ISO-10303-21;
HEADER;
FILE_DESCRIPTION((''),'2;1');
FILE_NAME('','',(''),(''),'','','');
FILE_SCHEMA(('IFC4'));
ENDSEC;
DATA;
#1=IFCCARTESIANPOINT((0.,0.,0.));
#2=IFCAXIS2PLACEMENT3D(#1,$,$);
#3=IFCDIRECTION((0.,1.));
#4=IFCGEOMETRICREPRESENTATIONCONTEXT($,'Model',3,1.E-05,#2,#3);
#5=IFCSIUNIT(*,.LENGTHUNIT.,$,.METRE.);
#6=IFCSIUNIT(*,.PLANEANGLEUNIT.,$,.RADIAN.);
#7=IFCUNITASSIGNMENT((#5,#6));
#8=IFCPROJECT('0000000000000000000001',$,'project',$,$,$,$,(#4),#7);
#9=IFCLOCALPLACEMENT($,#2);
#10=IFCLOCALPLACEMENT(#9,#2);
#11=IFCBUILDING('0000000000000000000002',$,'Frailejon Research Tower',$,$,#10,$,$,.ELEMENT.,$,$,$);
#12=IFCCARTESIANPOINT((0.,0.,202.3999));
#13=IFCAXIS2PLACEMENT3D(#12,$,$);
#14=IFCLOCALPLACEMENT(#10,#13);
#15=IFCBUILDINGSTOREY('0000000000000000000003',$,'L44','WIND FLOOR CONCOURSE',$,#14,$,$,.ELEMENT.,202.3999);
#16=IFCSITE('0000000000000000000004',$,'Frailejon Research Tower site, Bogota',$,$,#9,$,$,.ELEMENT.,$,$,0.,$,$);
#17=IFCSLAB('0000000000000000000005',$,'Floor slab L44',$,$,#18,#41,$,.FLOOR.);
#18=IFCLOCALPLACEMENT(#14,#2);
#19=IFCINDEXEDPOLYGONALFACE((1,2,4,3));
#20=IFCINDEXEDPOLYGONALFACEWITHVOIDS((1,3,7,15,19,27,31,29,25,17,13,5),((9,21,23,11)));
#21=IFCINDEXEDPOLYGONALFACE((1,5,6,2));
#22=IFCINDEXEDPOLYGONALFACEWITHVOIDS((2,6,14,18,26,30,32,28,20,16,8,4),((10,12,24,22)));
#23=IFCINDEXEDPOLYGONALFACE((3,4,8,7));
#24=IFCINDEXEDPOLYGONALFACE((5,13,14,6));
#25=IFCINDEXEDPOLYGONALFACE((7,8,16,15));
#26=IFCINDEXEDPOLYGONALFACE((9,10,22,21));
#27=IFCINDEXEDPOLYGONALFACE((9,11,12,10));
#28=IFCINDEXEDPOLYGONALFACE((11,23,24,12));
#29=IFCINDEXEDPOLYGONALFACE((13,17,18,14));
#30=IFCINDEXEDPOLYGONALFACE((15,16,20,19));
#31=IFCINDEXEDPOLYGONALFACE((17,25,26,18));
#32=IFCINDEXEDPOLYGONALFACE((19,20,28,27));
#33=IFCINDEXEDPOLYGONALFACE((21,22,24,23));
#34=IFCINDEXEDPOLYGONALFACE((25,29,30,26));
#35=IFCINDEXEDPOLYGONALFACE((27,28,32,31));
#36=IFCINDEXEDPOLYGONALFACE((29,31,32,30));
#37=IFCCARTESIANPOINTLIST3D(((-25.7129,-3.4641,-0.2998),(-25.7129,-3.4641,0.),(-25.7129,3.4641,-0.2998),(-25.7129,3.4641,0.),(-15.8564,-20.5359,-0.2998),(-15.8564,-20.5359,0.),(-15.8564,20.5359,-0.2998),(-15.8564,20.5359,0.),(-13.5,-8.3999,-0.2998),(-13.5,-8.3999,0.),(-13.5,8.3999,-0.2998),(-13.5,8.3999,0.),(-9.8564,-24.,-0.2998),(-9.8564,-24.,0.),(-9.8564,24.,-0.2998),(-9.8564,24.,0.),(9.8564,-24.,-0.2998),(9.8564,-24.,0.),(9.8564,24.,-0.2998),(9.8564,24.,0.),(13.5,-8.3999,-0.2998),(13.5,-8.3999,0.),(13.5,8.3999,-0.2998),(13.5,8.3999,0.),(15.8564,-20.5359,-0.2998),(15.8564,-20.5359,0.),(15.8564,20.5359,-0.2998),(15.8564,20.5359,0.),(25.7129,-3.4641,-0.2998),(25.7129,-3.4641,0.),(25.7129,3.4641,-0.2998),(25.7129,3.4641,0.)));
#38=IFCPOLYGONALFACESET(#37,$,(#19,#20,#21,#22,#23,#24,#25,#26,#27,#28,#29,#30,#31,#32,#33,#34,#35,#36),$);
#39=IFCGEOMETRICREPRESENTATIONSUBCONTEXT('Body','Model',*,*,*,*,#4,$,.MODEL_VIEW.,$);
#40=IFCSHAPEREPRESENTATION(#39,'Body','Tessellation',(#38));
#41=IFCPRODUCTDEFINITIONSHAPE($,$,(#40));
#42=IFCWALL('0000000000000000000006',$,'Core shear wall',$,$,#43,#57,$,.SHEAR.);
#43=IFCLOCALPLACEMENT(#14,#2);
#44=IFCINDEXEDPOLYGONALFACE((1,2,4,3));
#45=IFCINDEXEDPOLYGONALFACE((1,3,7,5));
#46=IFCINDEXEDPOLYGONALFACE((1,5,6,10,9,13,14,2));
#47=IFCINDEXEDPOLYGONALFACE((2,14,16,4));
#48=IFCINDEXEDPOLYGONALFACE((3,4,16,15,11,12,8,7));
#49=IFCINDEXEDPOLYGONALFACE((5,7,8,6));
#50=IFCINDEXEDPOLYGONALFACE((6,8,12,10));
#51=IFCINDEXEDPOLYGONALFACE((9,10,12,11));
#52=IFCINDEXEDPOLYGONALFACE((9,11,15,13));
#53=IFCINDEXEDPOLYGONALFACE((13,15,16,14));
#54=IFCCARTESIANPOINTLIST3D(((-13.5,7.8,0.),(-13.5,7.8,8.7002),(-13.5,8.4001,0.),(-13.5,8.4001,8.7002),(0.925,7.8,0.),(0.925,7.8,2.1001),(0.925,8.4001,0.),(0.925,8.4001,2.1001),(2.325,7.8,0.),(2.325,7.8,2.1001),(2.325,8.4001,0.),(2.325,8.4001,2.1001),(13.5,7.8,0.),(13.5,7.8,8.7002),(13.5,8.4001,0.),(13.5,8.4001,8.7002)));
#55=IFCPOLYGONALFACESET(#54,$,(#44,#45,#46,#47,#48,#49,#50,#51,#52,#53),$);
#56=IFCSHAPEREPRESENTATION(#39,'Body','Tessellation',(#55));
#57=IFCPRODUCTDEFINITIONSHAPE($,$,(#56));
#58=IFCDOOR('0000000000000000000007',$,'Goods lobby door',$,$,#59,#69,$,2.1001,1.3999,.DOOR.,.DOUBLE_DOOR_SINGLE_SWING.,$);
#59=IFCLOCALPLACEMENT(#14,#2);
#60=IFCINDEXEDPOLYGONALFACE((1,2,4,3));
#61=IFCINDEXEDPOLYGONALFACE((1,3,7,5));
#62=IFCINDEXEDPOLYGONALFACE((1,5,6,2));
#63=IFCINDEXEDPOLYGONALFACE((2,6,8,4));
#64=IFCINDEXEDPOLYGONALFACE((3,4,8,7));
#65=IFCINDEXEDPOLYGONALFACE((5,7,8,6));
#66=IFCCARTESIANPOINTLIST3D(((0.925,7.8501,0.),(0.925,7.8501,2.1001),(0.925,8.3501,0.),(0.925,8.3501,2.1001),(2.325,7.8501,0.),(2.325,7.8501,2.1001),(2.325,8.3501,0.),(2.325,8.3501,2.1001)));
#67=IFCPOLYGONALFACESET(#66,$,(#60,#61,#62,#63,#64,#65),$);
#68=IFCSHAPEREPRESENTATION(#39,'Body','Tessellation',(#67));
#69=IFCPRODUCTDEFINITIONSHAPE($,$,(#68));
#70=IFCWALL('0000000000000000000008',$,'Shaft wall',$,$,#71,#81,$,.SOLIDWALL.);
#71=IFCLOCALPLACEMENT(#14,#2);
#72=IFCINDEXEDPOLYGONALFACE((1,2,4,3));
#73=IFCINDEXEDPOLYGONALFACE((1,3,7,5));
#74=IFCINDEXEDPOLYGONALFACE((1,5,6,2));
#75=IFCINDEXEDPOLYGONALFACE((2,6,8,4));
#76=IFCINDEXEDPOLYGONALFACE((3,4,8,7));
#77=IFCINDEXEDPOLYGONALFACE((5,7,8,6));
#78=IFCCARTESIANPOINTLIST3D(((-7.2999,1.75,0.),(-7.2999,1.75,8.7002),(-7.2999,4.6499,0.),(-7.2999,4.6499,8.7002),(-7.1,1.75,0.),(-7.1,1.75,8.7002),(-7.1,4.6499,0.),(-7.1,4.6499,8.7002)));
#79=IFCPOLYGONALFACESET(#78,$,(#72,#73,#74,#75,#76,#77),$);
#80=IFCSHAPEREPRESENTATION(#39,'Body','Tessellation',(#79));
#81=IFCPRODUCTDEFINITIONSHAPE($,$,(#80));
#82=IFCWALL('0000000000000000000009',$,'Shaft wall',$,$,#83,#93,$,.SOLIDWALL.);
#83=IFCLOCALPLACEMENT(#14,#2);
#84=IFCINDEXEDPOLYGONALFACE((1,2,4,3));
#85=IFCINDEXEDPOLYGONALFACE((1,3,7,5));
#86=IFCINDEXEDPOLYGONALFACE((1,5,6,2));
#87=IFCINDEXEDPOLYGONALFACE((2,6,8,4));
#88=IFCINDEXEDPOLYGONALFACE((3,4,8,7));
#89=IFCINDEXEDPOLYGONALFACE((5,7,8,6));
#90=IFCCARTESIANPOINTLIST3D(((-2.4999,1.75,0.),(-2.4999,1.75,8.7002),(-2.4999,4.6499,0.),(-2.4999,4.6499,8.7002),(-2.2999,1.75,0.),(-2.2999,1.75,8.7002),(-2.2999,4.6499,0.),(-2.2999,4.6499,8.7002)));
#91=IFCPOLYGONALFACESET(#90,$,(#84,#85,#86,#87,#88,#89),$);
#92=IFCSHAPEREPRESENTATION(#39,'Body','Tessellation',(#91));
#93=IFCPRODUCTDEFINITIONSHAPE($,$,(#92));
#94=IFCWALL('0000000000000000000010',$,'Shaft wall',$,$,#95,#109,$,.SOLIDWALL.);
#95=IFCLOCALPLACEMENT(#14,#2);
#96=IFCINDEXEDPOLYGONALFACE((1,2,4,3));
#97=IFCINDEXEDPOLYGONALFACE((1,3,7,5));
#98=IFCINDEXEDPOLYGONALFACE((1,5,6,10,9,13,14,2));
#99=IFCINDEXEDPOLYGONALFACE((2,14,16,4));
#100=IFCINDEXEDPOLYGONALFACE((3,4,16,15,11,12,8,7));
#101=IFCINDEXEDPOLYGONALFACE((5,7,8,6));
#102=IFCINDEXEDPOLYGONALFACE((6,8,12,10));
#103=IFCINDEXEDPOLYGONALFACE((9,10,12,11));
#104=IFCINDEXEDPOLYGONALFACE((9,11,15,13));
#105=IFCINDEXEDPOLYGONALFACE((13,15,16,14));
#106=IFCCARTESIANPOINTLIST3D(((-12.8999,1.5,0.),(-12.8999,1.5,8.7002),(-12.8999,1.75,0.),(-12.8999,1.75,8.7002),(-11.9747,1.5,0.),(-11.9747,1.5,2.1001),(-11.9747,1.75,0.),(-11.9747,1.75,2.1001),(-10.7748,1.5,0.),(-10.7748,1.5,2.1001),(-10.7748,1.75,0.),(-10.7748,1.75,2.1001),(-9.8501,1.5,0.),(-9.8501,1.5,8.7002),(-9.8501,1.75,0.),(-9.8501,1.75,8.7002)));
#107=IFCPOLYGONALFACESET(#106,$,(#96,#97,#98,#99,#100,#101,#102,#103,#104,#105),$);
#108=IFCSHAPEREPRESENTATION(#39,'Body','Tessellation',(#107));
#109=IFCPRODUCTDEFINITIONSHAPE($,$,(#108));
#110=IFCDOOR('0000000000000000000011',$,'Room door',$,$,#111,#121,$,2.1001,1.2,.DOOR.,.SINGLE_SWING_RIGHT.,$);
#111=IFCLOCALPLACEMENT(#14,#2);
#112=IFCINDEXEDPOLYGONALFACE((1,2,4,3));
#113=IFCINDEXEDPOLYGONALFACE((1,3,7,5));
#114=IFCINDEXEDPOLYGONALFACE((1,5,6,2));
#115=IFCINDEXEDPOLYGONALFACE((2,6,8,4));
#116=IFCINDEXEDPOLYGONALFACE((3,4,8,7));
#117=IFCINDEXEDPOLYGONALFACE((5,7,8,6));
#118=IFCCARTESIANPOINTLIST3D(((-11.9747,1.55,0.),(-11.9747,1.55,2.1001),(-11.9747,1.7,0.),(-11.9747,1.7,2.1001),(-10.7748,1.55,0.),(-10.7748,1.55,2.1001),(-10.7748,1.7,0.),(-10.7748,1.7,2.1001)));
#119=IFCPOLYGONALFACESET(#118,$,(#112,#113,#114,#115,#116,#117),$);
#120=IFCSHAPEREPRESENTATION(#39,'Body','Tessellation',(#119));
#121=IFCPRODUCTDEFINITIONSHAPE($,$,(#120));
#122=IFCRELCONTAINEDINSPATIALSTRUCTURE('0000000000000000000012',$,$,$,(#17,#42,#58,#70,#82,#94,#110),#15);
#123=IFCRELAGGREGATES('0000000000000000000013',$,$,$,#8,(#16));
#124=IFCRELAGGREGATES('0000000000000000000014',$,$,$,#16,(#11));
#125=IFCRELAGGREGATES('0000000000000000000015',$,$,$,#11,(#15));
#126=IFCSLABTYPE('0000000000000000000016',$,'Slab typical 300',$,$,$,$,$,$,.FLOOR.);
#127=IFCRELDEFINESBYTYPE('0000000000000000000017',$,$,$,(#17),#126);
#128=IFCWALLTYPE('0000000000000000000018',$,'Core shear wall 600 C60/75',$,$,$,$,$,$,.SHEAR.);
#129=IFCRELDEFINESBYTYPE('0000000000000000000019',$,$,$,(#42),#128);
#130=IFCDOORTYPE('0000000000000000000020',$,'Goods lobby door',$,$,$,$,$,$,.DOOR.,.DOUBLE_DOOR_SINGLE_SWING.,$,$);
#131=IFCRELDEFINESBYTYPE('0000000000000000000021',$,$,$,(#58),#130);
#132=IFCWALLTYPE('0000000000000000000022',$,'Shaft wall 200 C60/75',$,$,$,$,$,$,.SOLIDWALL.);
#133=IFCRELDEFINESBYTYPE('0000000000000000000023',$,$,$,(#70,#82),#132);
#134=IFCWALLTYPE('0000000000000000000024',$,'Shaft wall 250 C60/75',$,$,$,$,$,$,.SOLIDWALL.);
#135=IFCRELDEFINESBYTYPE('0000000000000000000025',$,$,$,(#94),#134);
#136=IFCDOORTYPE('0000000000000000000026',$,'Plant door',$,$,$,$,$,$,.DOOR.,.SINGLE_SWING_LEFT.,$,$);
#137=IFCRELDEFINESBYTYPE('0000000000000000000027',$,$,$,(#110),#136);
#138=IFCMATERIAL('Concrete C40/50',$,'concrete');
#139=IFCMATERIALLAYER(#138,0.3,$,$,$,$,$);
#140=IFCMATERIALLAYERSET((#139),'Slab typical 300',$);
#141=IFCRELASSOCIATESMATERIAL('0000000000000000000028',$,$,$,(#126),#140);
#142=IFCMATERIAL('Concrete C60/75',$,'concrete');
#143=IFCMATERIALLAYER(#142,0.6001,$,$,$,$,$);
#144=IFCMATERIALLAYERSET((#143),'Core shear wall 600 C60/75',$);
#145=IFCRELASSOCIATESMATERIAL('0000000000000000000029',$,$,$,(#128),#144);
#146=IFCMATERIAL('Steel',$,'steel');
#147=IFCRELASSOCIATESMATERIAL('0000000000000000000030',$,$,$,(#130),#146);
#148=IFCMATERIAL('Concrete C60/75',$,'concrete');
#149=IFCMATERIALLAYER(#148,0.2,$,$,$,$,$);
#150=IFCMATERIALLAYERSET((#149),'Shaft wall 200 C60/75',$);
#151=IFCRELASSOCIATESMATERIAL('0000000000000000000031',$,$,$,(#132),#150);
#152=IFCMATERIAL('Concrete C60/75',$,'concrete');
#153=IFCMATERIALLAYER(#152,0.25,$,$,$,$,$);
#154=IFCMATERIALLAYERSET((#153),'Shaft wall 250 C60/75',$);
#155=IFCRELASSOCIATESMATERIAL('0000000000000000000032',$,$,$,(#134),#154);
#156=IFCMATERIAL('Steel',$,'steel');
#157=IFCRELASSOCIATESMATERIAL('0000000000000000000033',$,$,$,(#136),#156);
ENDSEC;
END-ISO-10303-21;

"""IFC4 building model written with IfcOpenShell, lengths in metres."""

from ifc_helpers import new_model, si_unit, direction, frame, frame_2d, origin, place, context, subcontext, project, spatial, polyline, rectangle, outline, extrude, material, layer, layer_set, type_object, element, fill, save


model = new_model("IFC4")

# Units and contexts
model_context = context("Model", 3, precision=1e-05, world=origin(), true_north=direction((0.0, 1.0)))
body_context = subcontext(model_context, "Body", "Model", "MODEL_VIEW")
ifc_project = project(units=[si_unit("LENGTHUNIT", "METRE"), si_unit("PLANEANGLEUNIT", "RADIAN")], contexts=[model_context])

# Site, building, storey
site_placement = place(None, origin())
site = spatial("IfcSite", under=ifc_project, at=site_placement, Name="Frailejon Research Tower site, Bogota", CompositionType="ELEMENT", RefElevation=0.0)
building_placement = place(site_placement, origin())
building = spatial("IfcBuilding", under=site, at=building_placement, Name="Frailejon Research Tower", CompositionType="ELEMENT")
storey_placement = place(building_placement, frame((0.0, 0.0, 202.3999)))
storey = spatial("IfcBuildingStorey", under=building, at=storey_placement, Name="L44", Description="WIND FLOOR CONCOURSE", CompositionType="ELEMENT", Elevation=202.3999)

# Slab
ifc_material_1 = material(Name="Concrete C40/50", Category="concrete")
ifc_layer_1 = layer(ifc_material_1, 0.3)
ifc_layer_set_1 = layer_set([ifc_layer_1], Name="Slab typical 300")
slab_type = type_object("IfcSlabType", Name="Slab typical 300", PredefinedType="FLOOR", material=ifc_layer_set_1)
slab_placement = place(storey_placement, frame((0.0, 0.0, -0.2998)))
element("IfcSlab", 1, at=slab_placement, inside=storey, type_object=slab_type, Name="Floor slab L44", PredefinedType="FLOOR", context=body_context, shape_type="SweptSolid", body=[
    extrude(outline(polyline([(25.7129, -3.4641), (25.7129, 3.4641), (15.8564, 20.5359), (9.8564, 24.0), (-9.8564, 24.0), (-15.8564, 20.5359), (-25.7129, 3.4641), (-25.7129, -3.4641), (-15.8564, -20.5359), (-9.8564, -24.0), (9.8564, -24.0), (15.8564, -20.5359), (25.7129, -3.4641)]), holes=[polyline([(13.5, -8.3999), (-13.5, -8.3999), (-13.5, 8.3999), (13.5, 8.3999), (13.5, -8.3999)])]), origin(), (0.0, 0.0, 1.0), 0.2998),
])

# Wall, opening, door
ifc_material_2 = material(Name="Concrete C60/75", Category="concrete")
ifc_layer_2 = layer(ifc_material_2, 0.6001)
ifc_layer_set_2 = layer_set([ifc_layer_2], Name="Core shear wall 600 C60/75")
wall_type_1 = type_object("IfcWallType", Name="Core shear wall 600 C60/75", PredefinedType="SHEAR", material=ifc_layer_set_2)
wall_1_placement = place(storey_placement, frame((-13.5, 8.1001, 0.0), z_axis=(0.0, 0.0, 1.0), x_axis=(1.0, 0.0, 0.0)))
wall_1 = element("IfcWall", 2, at=wall_1_placement, inside=storey, type_object=wall_type_1, Name="Core shear wall", PredefinedType="SHEAR", context=body_context, shape_type="SweptSolid", body=[
    extrude(rectangle(XDim=27.0, YDim=0.6001, at=frame_2d((13.5, 0.0))), origin(), (0.0, 0.0, 1.0), 8.7002),
])
opening_1_placement = place(wall_1_placement, frame((14.425, 0.0, 0.0)))
opening_1 = element("IfcOpeningElement", 3, at=opening_1_placement, cuts=wall_1, PredefinedType="OPENING", context=body_context, shape_type="SweptSolid", body=[
    extrude(rectangle(XDim=1.3999, YDim=2.1001, at=frame_2d((0.7, 1.05))), frame((0.0, 0.3101, 0.0), z_axis=(0.0, -1.0, 0.0), x_axis=(1.0, 0.0, 0.0)), (0.0, 0.0, 1.0), 0.6201),
])
ifc_material_3 = material(Name="Steel", Category="steel")
door_type_1 = type_object("IfcDoorType", Name="Goods lobby door", OperationType="DOUBLE_DOOR_SINGLE_SWING", PredefinedType="DOOR", material=ifc_material_3)
door_1_placement = place(opening_1_placement, origin())
door_1 = element("IfcDoor", 4, at=door_1_placement, inside=storey, type_object=door_type_1, Name="Goods lobby door", OperationType="DOUBLE_DOOR_SINGLE_SWING", OverallHeight=2.1001, OverallWidth=1.3999, PredefinedType="DOOR", context=body_context, shape_type="SweptSolid", body=[
    extrude(rectangle(XDim=1.3999, YDim=2.1001, at=frame_2d((0.7, 1.05))), frame((0.0, 0.25, 0.0), z_axis=(0.0, -1.0, 0.0), x_axis=(1.0, 0.0, 0.0)), (0.0, 0.0, 1.0), 0.5),
])
fill(opening_1, door_1)

# Walls
ifc_material_4 = material(Name="Concrete C60/75", Category="concrete")
ifc_layer_3 = layer(ifc_material_4, 0.2)
ifc_layer_set_3 = layer_set([ifc_layer_3], Name="Shaft wall 200 C60/75")
wall_type_2 = type_object("IfcWallType", Name="Shaft wall 200 C60/75", PredefinedType="SOLIDWALL", material=ifc_layer_set_3)
for number, where, z_axis, x_axis, name in (
    (5, (-7.2, 1.75, 0.0), (0.0, 0.0, 1.0), (0.0, 1.0, 0.0), "Shaft wall"),
    (6, (-2.3999, 1.75, 0.0), (0.0, 0.0, 1.0), (0.0, 1.0, 0.0), "Shaft wall"),
):
    element("IfcWall", number, at=place(storey_placement, frame(where, z_axis=z_axis, x_axis=x_axis)), inside=storey, type_object=wall_type_2, Name=name, PredefinedType="SOLIDWALL", context=body_context, shape_type="SweptSolid", body=[
        extrude(rectangle(XDim=2.8999, YDim=0.2, at=frame_2d((1.45, 0.0))), origin(), (0.0, 0.0, 1.0), 8.7002),
    ])

# Wall, opening, door
ifc_material_5 = material(Name="Concrete C60/75", Category="concrete")
ifc_layer_4 = layer(ifc_material_5, 0.25)
ifc_layer_set_4 = layer_set([ifc_layer_4], Name="Shaft wall 250 C60/75")
wall_type_3 = type_object("IfcWallType", Name="Shaft wall 250 C60/75", PredefinedType="SOLIDWALL", material=ifc_layer_set_4)
wall_2_placement = place(storey_placement, frame((-12.8999, 1.625, 0.0), z_axis=(0.0, 0.0, 1.0), x_axis=(1.0, 0.0, 0.0)))
wall_2 = element("IfcWall", 7, at=wall_2_placement, inside=storey, type_object=wall_type_3, Name="Shaft wall", PredefinedType="SOLIDWALL", context=body_context, shape_type="SweptSolid", body=[
    extrude(rectangle(XDim=3.0498, YDim=0.25, at=frame_2d((1.5249, 0.0))), origin(), (0.0, 0.0, 1.0), 8.7002),
])
opening_2_placement = place(wall_2_placement, frame((0.925, 0.0, 0.0)))
opening_2 = element("IfcOpeningElement", 8, at=opening_2_placement, cuts=wall_2, PredefinedType="OPENING", context=body_context, shape_type="SweptSolid", body=[
    extrude(rectangle(XDim=1.2, YDim=2.1001, at=frame_2d((0.6001, 1.05))), frame((0.0, 0.135, 0.0), z_axis=(0.0, -1.0, 0.0), x_axis=(1.0, 0.0, 0.0)), (0.0, 0.0, 1.0), 0.27),
])
ifc_material_6 = material(Name="Steel", Category="steel")
door_type_2 = type_object("IfcDoorType", Name="Plant door", OperationType="SINGLE_SWING_LEFT", PredefinedType="DOOR", material=ifc_material_6)
door_2_placement = place(opening_2_placement, origin())
door_2 = element("IfcDoor", 9, at=door_2_placement, inside=storey, type_object=door_type_2, Name="Room door", OperationType="SINGLE_SWING_RIGHT", OverallHeight=2.1001, OverallWidth=1.2, PredefinedType="DOOR", context=body_context, shape_type="SweptSolid", body=[
    extrude(rectangle(XDim=1.2, YDim=2.1001, at=frame_2d((0.6001, 1.05))), frame((0.0, 0.075, 0.0), z_axis=(0.0, -1.0, 0.0), x_axis=(1.0, 0.0, 0.0)), (0.0, 0.0, 1.0), 0.1499),
])
fill(opening_2, door_2)

save(model, "model.ifc")
